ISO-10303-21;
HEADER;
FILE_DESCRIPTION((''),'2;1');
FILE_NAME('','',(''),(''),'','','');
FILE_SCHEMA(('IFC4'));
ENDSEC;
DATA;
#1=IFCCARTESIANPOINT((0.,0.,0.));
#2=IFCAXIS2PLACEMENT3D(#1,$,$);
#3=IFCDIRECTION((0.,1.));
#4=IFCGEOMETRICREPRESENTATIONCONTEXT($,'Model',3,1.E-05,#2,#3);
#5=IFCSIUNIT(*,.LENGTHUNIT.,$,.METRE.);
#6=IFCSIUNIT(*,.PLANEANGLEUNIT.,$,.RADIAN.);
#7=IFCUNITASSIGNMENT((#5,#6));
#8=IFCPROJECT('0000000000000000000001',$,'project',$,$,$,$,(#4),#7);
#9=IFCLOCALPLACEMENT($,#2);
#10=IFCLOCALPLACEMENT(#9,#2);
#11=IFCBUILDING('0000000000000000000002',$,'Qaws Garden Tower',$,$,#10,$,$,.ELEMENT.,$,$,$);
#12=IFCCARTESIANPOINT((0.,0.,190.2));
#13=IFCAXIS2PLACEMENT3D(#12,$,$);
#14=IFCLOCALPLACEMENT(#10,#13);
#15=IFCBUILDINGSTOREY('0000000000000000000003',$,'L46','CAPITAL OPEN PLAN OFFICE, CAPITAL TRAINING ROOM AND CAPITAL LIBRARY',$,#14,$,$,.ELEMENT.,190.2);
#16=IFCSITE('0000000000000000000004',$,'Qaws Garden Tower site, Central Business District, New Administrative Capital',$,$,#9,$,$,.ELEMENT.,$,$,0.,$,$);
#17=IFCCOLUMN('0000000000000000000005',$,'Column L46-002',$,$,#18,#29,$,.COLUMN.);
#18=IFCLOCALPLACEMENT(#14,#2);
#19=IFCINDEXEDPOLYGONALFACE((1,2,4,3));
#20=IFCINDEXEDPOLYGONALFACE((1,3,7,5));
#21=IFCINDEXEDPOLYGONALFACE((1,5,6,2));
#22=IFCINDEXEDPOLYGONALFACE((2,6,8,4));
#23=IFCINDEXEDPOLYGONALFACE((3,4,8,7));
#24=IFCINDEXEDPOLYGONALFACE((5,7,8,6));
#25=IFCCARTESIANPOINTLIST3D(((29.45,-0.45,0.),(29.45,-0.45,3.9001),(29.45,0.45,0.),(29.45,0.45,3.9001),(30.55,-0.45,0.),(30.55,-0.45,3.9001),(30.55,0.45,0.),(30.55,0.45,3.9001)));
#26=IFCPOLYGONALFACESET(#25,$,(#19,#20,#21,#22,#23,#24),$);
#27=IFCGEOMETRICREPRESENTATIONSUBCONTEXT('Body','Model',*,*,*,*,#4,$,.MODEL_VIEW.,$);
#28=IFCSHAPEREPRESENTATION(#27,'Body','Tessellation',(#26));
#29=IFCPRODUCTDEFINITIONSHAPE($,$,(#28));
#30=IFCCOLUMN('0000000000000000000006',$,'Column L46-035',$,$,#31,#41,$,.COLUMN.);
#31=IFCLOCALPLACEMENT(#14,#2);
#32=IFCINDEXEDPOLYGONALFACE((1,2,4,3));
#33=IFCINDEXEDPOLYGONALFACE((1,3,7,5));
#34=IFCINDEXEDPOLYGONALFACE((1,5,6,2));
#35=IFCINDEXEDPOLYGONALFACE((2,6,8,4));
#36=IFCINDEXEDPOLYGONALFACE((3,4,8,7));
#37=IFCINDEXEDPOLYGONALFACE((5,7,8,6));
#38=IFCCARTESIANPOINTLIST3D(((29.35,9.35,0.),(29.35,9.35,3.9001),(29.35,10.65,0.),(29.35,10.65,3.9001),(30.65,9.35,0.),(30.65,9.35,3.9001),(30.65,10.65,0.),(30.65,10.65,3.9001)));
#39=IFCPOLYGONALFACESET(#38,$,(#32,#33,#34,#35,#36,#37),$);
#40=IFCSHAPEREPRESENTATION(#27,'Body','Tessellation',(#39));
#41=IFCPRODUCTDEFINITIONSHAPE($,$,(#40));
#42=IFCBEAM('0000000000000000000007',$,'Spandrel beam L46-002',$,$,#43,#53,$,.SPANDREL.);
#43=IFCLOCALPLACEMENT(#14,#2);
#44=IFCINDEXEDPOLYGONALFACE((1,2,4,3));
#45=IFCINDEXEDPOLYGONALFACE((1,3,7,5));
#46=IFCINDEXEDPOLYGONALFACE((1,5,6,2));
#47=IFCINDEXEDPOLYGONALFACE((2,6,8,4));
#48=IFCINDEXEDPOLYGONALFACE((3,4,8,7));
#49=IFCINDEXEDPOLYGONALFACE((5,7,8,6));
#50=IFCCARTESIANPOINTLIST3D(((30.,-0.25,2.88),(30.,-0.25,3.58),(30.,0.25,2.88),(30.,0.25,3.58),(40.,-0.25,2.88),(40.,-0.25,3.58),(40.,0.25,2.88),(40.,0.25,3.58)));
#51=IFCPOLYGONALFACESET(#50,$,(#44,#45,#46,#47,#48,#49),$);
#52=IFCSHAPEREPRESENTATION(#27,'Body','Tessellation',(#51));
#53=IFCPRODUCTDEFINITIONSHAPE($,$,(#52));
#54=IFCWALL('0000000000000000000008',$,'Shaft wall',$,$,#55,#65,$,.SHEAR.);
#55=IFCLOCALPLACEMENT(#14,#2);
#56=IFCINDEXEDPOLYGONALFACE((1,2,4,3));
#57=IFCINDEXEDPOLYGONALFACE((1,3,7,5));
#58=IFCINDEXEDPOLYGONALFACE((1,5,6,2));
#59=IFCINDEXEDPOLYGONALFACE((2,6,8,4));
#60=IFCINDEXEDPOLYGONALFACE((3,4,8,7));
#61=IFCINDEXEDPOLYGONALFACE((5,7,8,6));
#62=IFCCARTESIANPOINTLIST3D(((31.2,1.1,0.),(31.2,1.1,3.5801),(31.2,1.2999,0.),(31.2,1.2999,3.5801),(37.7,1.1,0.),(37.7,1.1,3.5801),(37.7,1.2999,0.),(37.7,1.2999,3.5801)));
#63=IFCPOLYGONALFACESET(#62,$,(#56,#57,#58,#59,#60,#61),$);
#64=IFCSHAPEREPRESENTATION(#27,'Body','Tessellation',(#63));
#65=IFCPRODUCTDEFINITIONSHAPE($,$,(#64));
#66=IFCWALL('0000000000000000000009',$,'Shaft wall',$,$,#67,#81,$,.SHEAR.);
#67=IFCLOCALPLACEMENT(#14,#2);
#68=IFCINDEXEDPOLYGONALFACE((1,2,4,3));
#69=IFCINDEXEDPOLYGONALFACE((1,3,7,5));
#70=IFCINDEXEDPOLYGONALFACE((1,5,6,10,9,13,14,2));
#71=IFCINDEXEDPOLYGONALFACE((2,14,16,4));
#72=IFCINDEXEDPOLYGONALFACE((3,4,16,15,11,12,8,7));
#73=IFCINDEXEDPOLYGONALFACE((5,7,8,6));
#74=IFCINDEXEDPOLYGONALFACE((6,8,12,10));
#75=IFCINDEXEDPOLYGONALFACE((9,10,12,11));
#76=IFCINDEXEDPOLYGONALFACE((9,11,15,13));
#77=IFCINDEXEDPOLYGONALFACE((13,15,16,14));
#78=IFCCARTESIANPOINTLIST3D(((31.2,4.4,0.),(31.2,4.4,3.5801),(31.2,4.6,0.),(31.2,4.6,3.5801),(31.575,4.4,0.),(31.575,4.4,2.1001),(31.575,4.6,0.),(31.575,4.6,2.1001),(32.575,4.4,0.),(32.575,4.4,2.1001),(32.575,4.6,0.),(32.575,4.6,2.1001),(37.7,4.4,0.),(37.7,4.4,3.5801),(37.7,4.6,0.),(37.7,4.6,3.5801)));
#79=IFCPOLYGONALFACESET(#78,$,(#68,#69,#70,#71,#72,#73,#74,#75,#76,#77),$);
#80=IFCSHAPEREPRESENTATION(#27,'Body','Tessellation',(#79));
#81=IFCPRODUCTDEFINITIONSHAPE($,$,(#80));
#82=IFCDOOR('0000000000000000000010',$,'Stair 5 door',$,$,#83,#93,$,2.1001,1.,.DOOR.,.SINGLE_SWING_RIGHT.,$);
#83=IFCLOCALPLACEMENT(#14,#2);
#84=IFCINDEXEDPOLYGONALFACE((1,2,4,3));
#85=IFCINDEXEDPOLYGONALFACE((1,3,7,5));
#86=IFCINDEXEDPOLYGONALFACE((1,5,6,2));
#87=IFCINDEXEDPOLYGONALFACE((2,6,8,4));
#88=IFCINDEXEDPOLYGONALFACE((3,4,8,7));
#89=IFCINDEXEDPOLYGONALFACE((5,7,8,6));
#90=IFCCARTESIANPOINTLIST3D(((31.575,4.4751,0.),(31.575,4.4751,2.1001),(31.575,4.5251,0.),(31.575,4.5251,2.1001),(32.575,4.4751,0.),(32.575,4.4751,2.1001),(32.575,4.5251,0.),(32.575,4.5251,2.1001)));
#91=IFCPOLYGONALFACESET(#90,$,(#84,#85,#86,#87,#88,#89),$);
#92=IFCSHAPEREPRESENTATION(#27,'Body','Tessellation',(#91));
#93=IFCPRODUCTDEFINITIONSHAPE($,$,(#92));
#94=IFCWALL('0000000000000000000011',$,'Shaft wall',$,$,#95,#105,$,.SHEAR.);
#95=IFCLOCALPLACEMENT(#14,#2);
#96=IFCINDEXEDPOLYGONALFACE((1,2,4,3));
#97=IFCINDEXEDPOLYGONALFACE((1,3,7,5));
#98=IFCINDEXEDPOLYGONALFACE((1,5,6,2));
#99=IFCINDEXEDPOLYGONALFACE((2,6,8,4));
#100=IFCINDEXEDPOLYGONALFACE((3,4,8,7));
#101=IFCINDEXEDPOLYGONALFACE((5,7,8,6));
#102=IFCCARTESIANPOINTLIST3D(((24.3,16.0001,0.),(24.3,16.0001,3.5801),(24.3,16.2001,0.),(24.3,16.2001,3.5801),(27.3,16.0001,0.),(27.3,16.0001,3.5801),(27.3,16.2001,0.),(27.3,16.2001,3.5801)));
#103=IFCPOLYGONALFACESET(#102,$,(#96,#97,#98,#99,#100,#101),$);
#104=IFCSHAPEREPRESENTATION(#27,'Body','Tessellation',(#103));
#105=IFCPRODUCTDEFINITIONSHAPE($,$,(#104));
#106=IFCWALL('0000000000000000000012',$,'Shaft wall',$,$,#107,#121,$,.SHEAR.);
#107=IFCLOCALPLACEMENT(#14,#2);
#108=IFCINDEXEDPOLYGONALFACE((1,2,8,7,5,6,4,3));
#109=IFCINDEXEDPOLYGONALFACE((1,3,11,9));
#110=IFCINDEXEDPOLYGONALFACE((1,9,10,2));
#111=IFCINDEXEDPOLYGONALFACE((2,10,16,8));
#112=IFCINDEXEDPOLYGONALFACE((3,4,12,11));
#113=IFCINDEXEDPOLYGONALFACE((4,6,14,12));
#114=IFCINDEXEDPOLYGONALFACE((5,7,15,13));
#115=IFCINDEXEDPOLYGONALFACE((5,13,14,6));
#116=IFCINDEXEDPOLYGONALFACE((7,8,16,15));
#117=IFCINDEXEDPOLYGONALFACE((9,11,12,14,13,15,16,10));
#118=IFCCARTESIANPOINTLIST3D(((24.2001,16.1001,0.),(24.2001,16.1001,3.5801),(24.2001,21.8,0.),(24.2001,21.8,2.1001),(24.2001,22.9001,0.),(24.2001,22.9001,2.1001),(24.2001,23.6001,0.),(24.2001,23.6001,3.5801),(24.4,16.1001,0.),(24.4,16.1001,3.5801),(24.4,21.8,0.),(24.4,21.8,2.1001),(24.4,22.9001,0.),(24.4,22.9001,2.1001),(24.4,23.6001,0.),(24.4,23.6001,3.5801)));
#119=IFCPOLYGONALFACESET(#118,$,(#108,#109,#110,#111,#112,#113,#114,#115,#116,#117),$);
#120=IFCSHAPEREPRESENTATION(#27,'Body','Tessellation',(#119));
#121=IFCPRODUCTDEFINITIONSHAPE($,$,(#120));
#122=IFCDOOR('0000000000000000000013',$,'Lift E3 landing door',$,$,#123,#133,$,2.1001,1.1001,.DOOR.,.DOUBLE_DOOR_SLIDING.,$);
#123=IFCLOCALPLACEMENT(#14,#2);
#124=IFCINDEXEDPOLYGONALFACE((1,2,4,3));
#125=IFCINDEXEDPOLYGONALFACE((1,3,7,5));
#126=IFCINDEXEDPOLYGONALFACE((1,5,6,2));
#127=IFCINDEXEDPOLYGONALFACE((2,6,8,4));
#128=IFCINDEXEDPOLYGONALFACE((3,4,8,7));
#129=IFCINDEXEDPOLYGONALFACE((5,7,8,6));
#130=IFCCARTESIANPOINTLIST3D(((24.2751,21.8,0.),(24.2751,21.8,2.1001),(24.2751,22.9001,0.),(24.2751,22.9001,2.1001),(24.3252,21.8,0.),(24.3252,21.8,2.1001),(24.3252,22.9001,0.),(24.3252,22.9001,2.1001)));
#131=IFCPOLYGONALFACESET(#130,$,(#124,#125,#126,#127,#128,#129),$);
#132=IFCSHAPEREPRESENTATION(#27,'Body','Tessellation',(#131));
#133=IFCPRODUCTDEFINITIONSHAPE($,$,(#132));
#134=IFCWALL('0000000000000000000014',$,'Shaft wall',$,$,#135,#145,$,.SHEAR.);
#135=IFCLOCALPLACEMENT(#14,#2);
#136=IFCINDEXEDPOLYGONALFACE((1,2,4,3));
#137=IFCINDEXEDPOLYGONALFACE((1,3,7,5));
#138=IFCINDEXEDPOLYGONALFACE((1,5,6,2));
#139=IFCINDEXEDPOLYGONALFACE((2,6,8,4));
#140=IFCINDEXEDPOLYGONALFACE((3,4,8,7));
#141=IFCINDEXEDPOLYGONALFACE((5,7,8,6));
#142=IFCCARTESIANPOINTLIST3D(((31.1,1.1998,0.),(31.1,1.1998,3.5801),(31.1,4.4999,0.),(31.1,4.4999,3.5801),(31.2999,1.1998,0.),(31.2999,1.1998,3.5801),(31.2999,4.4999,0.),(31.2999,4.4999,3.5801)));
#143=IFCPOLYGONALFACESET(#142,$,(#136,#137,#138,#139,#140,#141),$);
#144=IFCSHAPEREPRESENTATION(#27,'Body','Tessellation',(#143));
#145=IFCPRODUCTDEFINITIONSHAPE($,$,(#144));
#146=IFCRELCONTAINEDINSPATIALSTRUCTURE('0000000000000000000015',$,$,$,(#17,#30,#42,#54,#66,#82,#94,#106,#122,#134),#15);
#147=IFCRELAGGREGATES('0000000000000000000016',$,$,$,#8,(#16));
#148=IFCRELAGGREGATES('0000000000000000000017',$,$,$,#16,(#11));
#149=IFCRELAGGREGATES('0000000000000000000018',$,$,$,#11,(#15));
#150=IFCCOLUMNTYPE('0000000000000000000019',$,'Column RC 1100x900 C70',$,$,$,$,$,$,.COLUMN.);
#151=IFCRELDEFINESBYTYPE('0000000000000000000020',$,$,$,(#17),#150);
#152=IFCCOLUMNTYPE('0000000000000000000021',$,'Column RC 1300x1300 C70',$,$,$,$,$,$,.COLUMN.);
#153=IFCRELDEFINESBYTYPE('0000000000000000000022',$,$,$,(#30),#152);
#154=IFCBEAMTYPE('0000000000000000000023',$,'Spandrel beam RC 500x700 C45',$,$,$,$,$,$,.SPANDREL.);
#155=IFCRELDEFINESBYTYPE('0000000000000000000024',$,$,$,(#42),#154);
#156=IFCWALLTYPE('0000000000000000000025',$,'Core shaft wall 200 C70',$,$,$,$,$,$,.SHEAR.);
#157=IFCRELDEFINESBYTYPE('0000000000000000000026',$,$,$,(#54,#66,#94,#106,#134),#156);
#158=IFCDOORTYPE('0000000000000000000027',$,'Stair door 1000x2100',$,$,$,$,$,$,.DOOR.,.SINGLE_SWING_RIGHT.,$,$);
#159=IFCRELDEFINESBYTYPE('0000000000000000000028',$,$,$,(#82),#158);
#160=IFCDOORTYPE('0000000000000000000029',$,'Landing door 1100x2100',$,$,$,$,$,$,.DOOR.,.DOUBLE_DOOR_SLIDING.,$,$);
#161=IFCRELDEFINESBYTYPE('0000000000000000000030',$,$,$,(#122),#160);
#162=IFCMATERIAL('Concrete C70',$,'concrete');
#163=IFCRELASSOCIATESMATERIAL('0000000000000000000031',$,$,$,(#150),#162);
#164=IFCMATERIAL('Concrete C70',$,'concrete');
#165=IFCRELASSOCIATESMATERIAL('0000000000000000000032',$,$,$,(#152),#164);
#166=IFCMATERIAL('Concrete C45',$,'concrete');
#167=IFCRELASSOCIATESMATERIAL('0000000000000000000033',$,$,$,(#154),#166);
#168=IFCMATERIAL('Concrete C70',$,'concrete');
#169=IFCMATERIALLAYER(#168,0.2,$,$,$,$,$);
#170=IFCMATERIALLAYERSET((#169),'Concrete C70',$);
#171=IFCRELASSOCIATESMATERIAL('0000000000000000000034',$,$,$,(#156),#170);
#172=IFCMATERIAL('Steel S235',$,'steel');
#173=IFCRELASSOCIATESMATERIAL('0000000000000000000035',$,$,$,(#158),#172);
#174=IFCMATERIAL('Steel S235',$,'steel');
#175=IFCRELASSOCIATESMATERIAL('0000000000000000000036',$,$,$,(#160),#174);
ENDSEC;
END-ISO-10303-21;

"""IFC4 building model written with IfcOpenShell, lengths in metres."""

from ifc_helpers import new_model, si_unit, direction, frame, frame_2d, origin, origin_2d, place, context, subcontext, project, spatial, rectangle, extrude, material, layer, layer_set, material_profile, profile_set, type_object, element, fill, save


model = new_model("IFC4")

# Units and contexts
model_context = context("Model", 3, precision=1e-05, world=origin(), true_north=direction((0.0, 1.0)))
body_context = subcontext(model_context, "Body", "Model", "MODEL_VIEW")
ifc_project = project(units=[si_unit("LENGTHUNIT", "METRE"), si_unit("PLANEANGLEUNIT", "RADIAN")], contexts=[model_context])

# Site, building, storey
site_placement = place(None, origin())
site = spatial("IfcSite", under=ifc_project, at=site_placement, Name="Qaws Garden Tower site, Central Business District, New Administrative Capital", CompositionType="ELEMENT", RefElevation=0.0)
building_placement = place(site_placement, origin())
building = spatial("IfcBuilding", under=site, at=building_placement, Name="Qaws Garden Tower", CompositionType="ELEMENT")
storey_placement = place(building_placement, frame((0.0, 0.0, 190.2)))
storey = spatial("IfcBuildingStorey", under=building, at=storey_placement, Name="L46", Description="CAPITAL OPEN PLAN OFFICE, CAPITAL TRAINING ROOM AND CAPITAL LIBRARY", CompositionType="ELEMENT", Elevation=190.2)

# Columns
ifc_material_1 = material(Name="Concrete C70", Category="concrete")
ifc_material_profile_1 = material_profile(ifc_material_1, rectangle(XDim=1.1001, YDim=0.8999, at=origin_2d()), Name="RC 1100x900")
ifc_profile_set_1 = profile_set([ifc_material_profile_1], Name="Concrete C70")
column_type_1 = type_object("IfcColumnType", Name="Column RC 1100x900 C70", PredefinedType="COLUMN", material=ifc_profile_set_1)
column_1_placement = place(storey_placement, frame((30.0, 0.0, 0.0), z_axis=(0.0, 0.0, 1.0), x_axis=(1.0, 0.0, 0.0)))
element("IfcColumn", 1, at=column_1_placement, inside=storey, type_object=column_type_1, Name="Column L46-002", PredefinedType="COLUMN", context=body_context, shape_type="SweptSolid", body=[
    extrude(rectangle(XDim=1.1001, YDim=0.8999, at=origin_2d()), origin(), (0.0, 0.0, 1.0), 3.9001),
])
ifc_material_2 = material(Name="Concrete C70", Category="concrete")
ifc_material_profile_2 = material_profile(ifc_material_2, rectangle(XDim=1.3, YDim=1.3, at=origin_2d()), Name="RC 1300x1300")
ifc_profile_set_2 = profile_set([ifc_material_profile_2], Name="Concrete C70")
column_type_2 = type_object("IfcColumnType", Name="Column RC 1300x1300 C70", PredefinedType="COLUMN", material=ifc_profile_set_2)
column_2_placement = place(storey_placement, frame((30.0, 10.0, 0.0), z_axis=(0.0, 0.0, 1.0), x_axis=(1.0, 0.0, 0.0)))
element("IfcColumn", 2, at=column_2_placement, inside=storey, type_object=column_type_2, Name="Column L46-035", PredefinedType="COLUMN", context=body_context, shape_type="SweptSolid", body=[
    extrude(rectangle(XDim=1.3, YDim=1.3, at=origin_2d()), origin(), (0.0, 0.0, 1.0), 3.9001),
])

# Beam
ifc_material_3 = material(Name="Concrete C45", Category="concrete")
ifc_material_profile_3 = material_profile(ifc_material_3, rectangle(XDim=0.5, YDim=0.7, at=origin_2d()), Name="RC 500x700")
ifc_profile_set_3 = profile_set([ifc_material_profile_3], Name="Concrete C45")
beam_type = type_object("IfcBeamType", Name="Spandrel beam RC 500x700 C45", PredefinedType="SPANDREL", material=ifc_profile_set_3)
beam_placement = place(storey_placement, frame((30.0, 0.0, 3.23), z_axis=(1.0, 0.0, 0.0), x_axis=(0.0, 1.0, 0.0)))
element("IfcBeam", 3, at=beam_placement, inside=storey, type_object=beam_type, Name="Spandrel beam L46-002", PredefinedType="SPANDREL", context=body_context, shape_type="SweptSolid", body=[
    extrude(rectangle(XDim=0.5, YDim=0.7, at=origin_2d()), origin(), (0.0, 0.0, 1.0), 10.0),
])

# Wall
ifc_material_4 = material(Name="Concrete C70", Category="concrete")
ifc_layer_1 = layer(ifc_material_4, 0.2)
ifc_layer_set_1 = layer_set([ifc_layer_1], Name="Concrete C70")
wall_type_1 = type_object("IfcWallType", Name="Core shaft wall 200 C70", PredefinedType="SHEAR", material=ifc_layer_set_1)
wall_1_placement = place(storey_placement, frame((31.2, 1.2, 0.0), z_axis=(0.0, 0.0, 1.0), x_axis=(1.0, 0.0, 0.0)))
element("IfcWall", 4, at=wall_1_placement, inside=storey, type_object=wall_type_1, Name="Shaft wall", PredefinedType="SHEAR", context=body_context, shape_type="SweptSolid", body=[
    extrude(rectangle(XDim=6.5, YDim=0.2, at=frame_2d((3.25, 0.0))), origin(), (0.0, 0.0, 1.0), 3.5801),
])

# Wall, opening, door
wall_2_placement = place(storey_placement, frame((31.2, 4.5, 0.0), z_axis=(0.0, 0.0, 1.0), x_axis=(1.0, 0.0, 0.0)))
wall_2 = element("IfcWall", 5, at=wall_2_placement, inside=storey, type_object=wall_type_1, Name="Shaft wall", PredefinedType="SHEAR", context=body_context, shape_type="SweptSolid", body=[
    extrude(rectangle(XDim=6.5, YDim=0.2, at=frame_2d((3.25, 0.0))), origin(), (0.0, 0.0, 1.0), 3.5801),
])
opening_1_placement = place(wall_2_placement, frame((0.375, 0.0, 0.0)))
opening_1 = element("IfcOpeningElement", 6, at=opening_1_placement, cuts=wall_2, PredefinedType="OPENING", context=body_context, shape_type="SweptSolid", body=[
    extrude(rectangle(XDim=1.0, YDim=2.1001, at=frame_2d((0.5, 1.05))), frame((0.0, 0.1099, 0.0), z_axis=(0.0, -1.0, 0.0), x_axis=(1.0, 0.0, 0.0)), (0.0, 0.0, 1.0), 0.22),
])
ifc_material_5 = material(Name="Steel S235", Category="steel")
door_type_1 = type_object("IfcDoorType", Name="Stair door 1000x2100", OperationType="SINGLE_SWING_RIGHT", PredefinedType="DOOR", material=ifc_material_5)
door_1_placement = place(opening_1_placement, frame((1.0, 0.0, 0.0), z_axis=(0.0, 0.0, 1.0), x_axis=(-1.0, 0.0, 0.0)))
door_1 = element("IfcDoor", 7, at=door_1_placement, inside=storey, type_object=door_type_1, Name="Stair 5 door", OperationType="SINGLE_SWING_RIGHT", OverallHeight=2.1001, OverallWidth=1.0, PredefinedType="DOOR", context=body_context, shape_type="SweptSolid", body=[
    extrude(rectangle(XDim=1.0, YDim=2.1001, at=frame_2d((0.5, 1.05))), frame((0.0, 0.0249, 0.0), z_axis=(0.0, -1.0, 0.0), x_axis=(1.0, 0.0, 0.0)), (0.0, 0.0, 1.0), 0.05),
])
fill(opening_1, door_1)

# Wall
wall_3_placement = place(storey_placement, frame((24.3, 16.1001, 0.0), z_axis=(0.0, 0.0, 1.0), x_axis=(1.0, 0.0, 0.0)))
element("IfcWall", 8, at=wall_3_placement, inside=storey, type_object=wall_type_1, Name="Shaft wall", PredefinedType="SHEAR", context=body_context, shape_type="SweptSolid", body=[
    extrude(rectangle(XDim=3.0, YDim=0.2, at=frame_2d((1.5, 0.0))), origin(), (0.0, 0.0, 1.0), 3.5801),
])

# Wall, opening, door
wall_4_placement = place(storey_placement, frame((24.3, 16.1001, 0.0), z_axis=(0.0, 0.0, 1.0), x_axis=(0.0, 1.0, 0.0)))
wall_4 = element("IfcWall", 9, at=wall_4_placement, inside=storey, type_object=wall_type_1, Name="Shaft wall", PredefinedType="SHEAR", context=body_context, shape_type="SweptSolid", body=[
    extrude(rectangle(XDim=7.5, YDim=0.2, at=frame_2d((3.75, 0.0))), origin(), (0.0, 0.0, 1.0), 3.5801),
])
opening_2_placement = place(wall_4_placement, frame((5.7, 0.0, 0.0)))
opening_2 = element("IfcOpeningElement", 10, at=opening_2_placement, cuts=wall_4, PredefinedType="OPENING", context=body_context, shape_type="SweptSolid", body=[
    extrude(rectangle(XDim=1.1001, YDim=2.1001, at=frame_2d((0.55, 1.05))), frame((0.0, 0.1099, 0.0), z_axis=(0.0, -1.0, 0.0), x_axis=(1.0, 0.0, 0.0)), (0.0, 0.0, 1.0), 0.22),
])
ifc_material_6 = material(Name="Steel S235", Category="steel")
door_type_2 = type_object("IfcDoorType", Name="Landing door 1100x2100", OperationType="DOUBLE_DOOR_SLIDING", PredefinedType="DOOR", material=ifc_material_6)
door_2_placement = place(opening_2_placement, origin())
door_2 = element("IfcDoor", 11, at=door_2_placement, inside=storey, type_object=door_type_2, Name="Lift E3 landing door", OperationType="DOUBLE_DOOR_SLIDING", OverallHeight=2.1001, OverallWidth=1.1001, PredefinedType="DOOR", context=body_context, shape_type="SweptSolid", body=[
    extrude(rectangle(XDim=1.1001, YDim=2.1001, at=frame_2d((0.55, 1.05))), frame((0.0, 0.0249, 0.0), z_axis=(0.0, -1.0, 0.0), x_axis=(1.0, 0.0, 0.0)), (0.0, 0.0, 1.0), 0.05),
])
fill(opening_2, door_2)

# Wall
wall_5_placement = place(storey_placement, frame((31.2, 1.2, 0.0), z_axis=(0.0, 0.0, 1.0), x_axis=(0.0, 1.0, 0.0)))
element("IfcWall", 12, at=wall_5_placement, inside=storey, type_object=wall_type_1, Name="Shaft wall", PredefinedType="SHEAR", context=body_context, shape_type="SweptSolid", body=[
    extrude(rectangle(XDim=3.3, YDim=0.2, at=frame_2d((1.6499, 0.0))), origin(), (0.0, 0.0, 1.0), 3.5801),
])

save(model, "model.ifc")
